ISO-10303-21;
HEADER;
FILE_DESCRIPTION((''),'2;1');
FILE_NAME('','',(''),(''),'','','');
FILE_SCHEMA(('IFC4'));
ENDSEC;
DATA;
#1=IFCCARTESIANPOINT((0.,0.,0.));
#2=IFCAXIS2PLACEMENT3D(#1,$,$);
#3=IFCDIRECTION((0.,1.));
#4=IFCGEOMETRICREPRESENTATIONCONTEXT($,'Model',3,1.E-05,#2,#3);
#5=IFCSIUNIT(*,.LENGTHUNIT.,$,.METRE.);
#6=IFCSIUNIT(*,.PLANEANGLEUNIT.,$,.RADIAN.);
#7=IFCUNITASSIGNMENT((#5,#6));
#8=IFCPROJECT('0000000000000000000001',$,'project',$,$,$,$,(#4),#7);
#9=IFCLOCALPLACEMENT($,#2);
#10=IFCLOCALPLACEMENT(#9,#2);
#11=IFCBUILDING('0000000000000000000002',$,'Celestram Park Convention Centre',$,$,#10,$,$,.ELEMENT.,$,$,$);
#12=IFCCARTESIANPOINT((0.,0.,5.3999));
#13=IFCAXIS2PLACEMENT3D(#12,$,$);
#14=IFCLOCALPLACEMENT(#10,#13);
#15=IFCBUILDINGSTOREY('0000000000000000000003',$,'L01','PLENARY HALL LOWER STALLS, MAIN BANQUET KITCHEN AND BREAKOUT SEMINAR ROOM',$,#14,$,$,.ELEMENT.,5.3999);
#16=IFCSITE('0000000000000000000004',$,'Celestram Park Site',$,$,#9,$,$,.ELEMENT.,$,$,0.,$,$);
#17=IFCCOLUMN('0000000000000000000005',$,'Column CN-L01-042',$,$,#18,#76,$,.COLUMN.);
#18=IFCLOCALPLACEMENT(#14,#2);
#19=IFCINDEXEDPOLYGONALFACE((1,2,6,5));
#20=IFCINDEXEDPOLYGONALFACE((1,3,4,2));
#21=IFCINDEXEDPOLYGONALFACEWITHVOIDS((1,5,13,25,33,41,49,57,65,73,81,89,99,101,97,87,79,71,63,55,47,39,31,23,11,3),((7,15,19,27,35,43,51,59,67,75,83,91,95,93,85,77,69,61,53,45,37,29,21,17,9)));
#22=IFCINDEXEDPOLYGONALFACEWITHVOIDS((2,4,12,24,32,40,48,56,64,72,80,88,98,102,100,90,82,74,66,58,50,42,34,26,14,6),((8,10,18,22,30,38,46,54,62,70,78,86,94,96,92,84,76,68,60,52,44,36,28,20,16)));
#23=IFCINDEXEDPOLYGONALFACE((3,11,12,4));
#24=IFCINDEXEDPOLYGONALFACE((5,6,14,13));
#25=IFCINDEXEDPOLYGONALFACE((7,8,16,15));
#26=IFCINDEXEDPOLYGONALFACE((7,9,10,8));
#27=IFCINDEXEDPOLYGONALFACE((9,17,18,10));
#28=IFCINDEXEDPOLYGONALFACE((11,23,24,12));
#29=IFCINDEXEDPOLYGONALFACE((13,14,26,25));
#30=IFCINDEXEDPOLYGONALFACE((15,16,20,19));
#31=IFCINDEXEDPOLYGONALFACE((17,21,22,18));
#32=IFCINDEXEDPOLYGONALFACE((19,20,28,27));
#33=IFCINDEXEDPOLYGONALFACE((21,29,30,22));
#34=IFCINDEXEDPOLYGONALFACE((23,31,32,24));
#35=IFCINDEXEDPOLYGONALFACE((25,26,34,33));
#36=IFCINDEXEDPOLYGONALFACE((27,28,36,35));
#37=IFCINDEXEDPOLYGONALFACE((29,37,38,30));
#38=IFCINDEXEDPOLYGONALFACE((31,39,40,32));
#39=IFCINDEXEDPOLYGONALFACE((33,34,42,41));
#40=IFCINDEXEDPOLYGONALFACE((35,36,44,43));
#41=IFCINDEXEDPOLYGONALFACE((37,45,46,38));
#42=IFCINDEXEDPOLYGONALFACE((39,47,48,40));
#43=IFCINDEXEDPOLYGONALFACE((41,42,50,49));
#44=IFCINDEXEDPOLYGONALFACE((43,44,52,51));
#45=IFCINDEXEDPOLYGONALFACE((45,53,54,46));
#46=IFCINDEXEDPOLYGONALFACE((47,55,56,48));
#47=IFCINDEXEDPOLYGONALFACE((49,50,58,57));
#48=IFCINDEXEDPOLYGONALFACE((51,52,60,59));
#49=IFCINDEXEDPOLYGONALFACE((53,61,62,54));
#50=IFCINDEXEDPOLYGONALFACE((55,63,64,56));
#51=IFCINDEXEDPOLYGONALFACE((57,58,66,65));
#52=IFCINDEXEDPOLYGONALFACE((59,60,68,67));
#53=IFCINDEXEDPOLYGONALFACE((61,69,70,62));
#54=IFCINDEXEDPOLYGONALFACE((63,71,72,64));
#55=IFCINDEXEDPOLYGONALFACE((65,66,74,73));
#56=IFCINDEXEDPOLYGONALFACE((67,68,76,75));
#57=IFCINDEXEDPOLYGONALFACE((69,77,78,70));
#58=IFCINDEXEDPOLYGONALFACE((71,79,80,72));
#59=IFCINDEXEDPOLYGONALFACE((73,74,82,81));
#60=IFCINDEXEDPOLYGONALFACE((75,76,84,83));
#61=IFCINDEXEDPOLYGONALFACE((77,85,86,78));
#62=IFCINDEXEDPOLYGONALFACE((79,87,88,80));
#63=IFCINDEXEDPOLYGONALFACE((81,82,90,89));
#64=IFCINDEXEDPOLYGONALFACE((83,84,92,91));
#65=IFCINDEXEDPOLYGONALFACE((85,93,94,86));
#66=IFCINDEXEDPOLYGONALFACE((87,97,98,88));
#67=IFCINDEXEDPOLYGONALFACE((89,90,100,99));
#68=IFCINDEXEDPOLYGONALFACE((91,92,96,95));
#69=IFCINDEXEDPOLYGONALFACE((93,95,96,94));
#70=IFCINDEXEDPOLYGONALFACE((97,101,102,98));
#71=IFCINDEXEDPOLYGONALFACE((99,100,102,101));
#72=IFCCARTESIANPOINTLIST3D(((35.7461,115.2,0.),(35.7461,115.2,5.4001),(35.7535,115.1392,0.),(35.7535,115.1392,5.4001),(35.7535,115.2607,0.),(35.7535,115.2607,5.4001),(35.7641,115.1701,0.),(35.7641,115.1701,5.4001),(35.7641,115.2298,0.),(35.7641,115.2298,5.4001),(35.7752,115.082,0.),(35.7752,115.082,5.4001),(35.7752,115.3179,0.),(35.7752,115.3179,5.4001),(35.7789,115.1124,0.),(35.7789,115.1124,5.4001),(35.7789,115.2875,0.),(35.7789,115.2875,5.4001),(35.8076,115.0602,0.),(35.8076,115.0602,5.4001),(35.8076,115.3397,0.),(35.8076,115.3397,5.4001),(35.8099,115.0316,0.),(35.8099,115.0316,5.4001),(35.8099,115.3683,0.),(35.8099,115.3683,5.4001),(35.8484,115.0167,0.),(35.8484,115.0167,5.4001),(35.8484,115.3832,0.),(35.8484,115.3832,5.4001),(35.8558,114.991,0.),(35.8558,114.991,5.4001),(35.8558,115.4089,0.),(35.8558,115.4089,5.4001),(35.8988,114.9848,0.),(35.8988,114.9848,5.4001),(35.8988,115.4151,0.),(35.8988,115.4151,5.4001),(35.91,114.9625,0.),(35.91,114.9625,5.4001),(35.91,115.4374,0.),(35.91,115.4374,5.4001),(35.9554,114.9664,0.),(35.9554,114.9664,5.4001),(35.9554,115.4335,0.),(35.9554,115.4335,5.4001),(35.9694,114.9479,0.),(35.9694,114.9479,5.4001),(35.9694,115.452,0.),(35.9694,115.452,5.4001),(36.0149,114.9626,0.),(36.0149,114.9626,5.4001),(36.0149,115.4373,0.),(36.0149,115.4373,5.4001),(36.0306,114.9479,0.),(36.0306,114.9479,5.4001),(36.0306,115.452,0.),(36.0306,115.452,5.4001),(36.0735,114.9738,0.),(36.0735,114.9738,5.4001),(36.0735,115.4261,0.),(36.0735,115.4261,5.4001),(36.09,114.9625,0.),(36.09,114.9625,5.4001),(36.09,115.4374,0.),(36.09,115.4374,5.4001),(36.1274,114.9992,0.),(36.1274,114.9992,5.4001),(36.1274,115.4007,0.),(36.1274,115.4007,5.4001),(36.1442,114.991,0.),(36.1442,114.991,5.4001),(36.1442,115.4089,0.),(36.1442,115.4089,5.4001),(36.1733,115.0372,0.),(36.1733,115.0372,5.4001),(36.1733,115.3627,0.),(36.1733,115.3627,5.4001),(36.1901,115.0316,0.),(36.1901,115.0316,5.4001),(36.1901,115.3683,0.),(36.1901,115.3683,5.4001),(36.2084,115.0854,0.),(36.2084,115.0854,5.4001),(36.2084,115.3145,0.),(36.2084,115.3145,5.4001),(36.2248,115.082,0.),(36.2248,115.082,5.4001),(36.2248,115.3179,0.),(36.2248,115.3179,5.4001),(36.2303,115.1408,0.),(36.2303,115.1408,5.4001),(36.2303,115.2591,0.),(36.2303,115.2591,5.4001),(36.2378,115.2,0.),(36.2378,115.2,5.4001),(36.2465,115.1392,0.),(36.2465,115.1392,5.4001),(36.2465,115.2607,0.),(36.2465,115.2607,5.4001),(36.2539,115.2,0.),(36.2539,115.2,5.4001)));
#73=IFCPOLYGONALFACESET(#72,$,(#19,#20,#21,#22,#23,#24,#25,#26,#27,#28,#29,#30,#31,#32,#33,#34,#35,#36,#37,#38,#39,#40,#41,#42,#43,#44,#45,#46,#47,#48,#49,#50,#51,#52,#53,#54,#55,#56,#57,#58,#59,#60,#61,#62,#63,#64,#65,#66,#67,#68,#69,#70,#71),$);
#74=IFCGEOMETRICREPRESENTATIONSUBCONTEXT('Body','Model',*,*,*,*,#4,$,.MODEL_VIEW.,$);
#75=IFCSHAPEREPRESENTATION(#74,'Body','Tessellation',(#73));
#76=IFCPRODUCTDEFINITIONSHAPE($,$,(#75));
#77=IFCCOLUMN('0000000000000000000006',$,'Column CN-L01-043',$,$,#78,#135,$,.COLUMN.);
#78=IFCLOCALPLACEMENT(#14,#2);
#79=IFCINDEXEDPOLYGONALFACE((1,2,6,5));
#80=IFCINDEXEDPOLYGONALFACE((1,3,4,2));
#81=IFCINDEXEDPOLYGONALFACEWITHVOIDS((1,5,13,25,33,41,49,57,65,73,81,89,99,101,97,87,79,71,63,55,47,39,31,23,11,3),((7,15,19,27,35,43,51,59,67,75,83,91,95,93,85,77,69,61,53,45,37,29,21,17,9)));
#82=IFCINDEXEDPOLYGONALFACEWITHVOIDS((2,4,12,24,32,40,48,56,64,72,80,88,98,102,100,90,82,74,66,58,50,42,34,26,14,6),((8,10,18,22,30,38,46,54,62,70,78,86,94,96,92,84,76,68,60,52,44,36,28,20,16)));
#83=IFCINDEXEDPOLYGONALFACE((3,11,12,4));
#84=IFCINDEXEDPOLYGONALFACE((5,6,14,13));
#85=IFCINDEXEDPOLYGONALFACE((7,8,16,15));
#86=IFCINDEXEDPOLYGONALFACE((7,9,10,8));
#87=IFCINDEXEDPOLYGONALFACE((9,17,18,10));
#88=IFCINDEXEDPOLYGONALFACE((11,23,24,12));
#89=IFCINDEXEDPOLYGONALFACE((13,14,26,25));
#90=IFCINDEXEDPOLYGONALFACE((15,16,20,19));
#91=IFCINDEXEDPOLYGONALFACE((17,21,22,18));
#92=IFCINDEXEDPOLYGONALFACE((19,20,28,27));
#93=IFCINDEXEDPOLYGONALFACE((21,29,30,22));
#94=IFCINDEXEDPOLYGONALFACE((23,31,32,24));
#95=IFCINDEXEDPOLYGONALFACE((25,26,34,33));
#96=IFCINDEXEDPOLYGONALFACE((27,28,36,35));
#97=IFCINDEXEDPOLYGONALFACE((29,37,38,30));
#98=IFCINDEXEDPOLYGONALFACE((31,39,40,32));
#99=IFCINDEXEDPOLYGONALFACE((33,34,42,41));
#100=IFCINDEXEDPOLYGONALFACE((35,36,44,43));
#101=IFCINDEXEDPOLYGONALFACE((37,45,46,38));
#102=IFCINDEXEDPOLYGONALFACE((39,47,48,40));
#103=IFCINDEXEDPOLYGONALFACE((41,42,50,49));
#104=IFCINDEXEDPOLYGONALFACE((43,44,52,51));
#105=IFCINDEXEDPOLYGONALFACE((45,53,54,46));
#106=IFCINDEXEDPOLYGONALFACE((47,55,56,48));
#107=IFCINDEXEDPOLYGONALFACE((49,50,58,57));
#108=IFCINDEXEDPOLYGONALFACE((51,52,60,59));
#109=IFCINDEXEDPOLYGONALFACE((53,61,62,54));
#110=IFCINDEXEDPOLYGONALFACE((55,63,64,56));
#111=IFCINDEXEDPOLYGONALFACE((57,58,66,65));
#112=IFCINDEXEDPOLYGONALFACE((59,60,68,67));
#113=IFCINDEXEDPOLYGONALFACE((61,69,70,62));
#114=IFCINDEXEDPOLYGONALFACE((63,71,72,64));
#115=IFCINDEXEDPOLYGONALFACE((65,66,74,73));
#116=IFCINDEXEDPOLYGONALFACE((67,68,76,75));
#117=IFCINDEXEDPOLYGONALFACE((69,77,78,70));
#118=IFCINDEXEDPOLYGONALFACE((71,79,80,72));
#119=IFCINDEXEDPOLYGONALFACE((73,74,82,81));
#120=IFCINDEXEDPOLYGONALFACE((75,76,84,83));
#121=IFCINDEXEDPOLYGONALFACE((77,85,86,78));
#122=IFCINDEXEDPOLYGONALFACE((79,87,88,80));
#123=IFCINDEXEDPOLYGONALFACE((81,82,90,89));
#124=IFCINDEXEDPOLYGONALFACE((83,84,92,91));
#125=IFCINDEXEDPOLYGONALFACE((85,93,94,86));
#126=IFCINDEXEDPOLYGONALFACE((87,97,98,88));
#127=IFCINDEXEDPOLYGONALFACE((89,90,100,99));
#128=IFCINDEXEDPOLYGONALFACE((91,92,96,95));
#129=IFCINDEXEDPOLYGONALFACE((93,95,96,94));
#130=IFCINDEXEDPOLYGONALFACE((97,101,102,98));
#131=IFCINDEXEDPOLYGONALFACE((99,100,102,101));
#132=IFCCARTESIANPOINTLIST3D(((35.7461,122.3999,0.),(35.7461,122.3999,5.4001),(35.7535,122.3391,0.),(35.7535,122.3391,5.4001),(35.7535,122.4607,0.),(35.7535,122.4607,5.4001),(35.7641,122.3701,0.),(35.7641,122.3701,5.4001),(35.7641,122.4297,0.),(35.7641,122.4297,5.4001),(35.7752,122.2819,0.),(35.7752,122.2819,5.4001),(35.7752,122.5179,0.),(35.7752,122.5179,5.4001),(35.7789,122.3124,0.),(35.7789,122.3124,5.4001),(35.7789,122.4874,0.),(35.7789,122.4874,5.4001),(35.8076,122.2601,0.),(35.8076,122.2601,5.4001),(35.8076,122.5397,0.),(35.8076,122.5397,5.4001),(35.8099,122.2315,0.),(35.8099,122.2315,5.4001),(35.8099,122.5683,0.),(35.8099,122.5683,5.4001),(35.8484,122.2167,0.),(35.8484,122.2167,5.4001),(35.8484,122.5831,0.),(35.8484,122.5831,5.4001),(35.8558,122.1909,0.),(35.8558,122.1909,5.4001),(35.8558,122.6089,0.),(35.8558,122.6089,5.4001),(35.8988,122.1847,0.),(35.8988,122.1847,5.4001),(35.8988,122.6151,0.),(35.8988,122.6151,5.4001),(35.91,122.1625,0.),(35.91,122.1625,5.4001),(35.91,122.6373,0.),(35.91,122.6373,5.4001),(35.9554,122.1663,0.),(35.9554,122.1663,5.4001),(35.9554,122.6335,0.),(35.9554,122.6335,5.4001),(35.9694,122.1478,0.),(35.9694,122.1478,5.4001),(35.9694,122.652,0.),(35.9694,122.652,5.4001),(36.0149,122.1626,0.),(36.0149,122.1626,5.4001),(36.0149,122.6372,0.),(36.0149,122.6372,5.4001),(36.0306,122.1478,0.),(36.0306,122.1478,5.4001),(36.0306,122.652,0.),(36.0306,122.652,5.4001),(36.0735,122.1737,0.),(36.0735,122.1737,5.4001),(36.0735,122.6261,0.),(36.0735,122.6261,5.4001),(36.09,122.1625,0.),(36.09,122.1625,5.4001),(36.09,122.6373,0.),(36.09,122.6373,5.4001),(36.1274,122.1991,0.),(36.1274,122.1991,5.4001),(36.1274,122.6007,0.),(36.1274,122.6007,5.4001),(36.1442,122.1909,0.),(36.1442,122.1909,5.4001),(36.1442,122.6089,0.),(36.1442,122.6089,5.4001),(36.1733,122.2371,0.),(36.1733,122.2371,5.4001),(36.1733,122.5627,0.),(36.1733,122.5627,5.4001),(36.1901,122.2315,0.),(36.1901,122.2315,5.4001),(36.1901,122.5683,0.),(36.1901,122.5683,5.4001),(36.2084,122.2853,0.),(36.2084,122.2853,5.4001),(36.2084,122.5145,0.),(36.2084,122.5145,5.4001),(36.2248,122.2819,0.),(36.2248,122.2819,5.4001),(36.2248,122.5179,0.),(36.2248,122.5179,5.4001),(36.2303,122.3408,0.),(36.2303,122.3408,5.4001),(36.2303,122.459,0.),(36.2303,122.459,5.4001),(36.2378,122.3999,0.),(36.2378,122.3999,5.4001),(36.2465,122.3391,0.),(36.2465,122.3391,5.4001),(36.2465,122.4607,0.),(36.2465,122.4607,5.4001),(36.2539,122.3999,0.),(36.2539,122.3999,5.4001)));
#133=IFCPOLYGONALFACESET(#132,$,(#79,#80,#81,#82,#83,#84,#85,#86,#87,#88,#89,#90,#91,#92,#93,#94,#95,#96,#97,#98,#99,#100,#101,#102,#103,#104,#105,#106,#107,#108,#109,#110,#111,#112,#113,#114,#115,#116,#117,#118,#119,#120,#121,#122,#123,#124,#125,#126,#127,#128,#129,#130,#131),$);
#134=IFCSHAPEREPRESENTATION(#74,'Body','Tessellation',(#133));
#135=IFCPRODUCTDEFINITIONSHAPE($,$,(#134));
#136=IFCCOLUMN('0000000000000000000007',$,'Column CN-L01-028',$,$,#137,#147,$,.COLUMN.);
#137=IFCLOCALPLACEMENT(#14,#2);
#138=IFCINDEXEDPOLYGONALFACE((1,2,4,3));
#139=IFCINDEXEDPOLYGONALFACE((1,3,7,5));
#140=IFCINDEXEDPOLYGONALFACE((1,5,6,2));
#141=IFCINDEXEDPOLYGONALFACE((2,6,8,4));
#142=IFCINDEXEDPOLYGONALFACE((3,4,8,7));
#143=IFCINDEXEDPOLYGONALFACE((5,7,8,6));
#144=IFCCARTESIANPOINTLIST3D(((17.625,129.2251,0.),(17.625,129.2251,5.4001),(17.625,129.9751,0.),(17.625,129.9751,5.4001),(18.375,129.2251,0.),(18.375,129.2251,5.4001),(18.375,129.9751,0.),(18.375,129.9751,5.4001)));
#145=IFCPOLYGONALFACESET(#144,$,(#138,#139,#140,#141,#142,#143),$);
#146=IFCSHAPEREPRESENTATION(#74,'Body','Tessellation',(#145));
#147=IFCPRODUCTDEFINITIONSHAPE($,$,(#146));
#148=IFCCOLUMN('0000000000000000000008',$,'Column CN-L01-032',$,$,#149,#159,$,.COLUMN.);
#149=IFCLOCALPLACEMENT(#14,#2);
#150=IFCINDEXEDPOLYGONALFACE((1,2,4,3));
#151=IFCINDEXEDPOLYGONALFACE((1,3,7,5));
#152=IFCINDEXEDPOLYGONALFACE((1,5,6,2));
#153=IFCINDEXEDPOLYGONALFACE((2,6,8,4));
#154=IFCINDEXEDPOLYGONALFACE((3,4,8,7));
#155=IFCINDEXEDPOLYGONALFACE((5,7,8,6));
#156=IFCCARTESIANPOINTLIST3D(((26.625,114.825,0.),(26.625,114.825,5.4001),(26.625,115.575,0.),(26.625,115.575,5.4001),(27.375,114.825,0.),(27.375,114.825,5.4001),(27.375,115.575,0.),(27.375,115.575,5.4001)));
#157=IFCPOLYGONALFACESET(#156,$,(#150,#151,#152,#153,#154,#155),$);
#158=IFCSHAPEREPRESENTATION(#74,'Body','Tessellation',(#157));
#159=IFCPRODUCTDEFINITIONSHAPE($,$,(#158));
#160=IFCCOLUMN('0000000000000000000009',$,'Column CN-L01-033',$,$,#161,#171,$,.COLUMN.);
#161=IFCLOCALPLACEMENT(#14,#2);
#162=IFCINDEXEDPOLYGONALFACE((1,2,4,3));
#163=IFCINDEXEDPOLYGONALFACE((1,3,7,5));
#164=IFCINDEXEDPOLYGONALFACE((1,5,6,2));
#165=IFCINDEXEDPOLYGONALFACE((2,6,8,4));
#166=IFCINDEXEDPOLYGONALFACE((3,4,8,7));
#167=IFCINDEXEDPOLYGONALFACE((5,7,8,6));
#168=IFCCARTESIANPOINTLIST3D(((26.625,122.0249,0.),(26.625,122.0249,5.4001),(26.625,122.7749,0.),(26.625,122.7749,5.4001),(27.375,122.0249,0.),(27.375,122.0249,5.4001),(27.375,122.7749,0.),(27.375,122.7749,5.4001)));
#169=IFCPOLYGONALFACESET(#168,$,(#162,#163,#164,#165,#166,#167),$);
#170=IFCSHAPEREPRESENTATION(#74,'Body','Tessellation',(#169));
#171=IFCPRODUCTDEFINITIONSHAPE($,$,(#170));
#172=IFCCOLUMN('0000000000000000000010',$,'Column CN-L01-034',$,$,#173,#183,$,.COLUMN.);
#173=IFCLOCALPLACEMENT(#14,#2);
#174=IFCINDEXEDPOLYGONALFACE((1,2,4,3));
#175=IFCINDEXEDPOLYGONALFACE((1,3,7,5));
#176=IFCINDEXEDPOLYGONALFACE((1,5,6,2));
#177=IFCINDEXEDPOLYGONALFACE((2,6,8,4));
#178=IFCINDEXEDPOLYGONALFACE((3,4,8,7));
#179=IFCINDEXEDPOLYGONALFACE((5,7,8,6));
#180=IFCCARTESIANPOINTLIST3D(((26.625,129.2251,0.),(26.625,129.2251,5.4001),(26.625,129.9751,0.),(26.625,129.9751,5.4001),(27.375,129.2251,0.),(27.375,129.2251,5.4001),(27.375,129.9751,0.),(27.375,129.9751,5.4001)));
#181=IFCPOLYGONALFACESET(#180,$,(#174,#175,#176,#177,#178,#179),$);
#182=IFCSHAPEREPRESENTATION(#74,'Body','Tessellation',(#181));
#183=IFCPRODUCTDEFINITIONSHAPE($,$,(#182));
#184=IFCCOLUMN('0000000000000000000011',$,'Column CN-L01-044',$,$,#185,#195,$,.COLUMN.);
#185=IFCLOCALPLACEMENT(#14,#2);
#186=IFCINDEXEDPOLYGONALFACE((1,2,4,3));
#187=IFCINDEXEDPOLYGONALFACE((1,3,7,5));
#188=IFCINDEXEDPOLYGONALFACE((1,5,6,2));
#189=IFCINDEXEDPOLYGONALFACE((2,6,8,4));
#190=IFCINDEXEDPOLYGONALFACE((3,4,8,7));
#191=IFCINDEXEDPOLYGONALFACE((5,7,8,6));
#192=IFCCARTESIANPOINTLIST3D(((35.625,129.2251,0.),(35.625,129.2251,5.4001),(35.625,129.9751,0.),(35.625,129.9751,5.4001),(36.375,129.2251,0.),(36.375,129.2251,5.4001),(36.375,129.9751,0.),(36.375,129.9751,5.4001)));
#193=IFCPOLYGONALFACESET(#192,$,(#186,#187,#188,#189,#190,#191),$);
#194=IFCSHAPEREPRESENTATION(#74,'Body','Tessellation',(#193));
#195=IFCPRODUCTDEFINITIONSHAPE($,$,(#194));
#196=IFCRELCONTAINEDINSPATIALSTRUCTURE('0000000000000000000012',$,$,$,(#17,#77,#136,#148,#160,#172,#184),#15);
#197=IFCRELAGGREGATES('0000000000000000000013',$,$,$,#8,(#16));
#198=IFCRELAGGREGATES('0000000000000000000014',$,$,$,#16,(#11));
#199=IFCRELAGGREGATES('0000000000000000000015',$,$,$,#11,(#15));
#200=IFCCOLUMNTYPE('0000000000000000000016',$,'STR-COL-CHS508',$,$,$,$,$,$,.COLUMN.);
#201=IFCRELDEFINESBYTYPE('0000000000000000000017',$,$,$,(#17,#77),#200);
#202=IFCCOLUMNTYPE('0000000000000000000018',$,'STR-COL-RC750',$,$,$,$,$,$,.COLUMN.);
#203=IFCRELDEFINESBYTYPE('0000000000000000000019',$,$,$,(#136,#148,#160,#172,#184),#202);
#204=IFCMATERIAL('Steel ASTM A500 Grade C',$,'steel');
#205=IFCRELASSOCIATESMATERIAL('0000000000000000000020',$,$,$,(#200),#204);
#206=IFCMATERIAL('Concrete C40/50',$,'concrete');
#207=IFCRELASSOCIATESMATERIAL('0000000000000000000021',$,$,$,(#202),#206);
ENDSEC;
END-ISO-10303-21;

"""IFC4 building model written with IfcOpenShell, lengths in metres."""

from ifc_helpers import new_model, si_unit, direction, frame, origin, origin_2d, place, context, subcontext, project, spatial, rectangle, hollow_circle, extrude, material, material_profile, profile_set, type_object, element, save


model = new_model("IFC4")

# Units and contexts
model_context = context("Model", 3, precision=1e-05, world=origin(), true_north=direction((0.0, 1.0)))
body_context = subcontext(model_context, "Body", "Model", "MODEL_VIEW")
ifc_project = project(units=[si_unit("LENGTHUNIT", "METRE"), si_unit("PLANEANGLEUNIT", "RADIAN")], contexts=[model_context])

# Site, building, storey
site_placement = place(None, origin())
site = spatial("IfcSite", under=ifc_project, at=site_placement, Name="Celestram Park Site", CompositionType="ELEMENT", RefElevation=0.0)
building_placement = place(site_placement, origin())
building = spatial("IfcBuilding", under=site, at=building_placement, Name="Celestram Park Convention Centre", CompositionType="ELEMENT")
storey_placement = place(building_placement, frame((0.0, 0.0, 5.3999)))
storey = spatial("IfcBuildingStorey", under=building, at=storey_placement, Name="L01", Description="PLENARY HALL LOWER STALLS, MAIN BANQUET KITCHEN AND BREAKOUT SEMINAR ROOM", CompositionType="ELEMENT", Elevation=5.3999)

# Columns
ifc_material_1 = material(Name="Steel ASTM A500 Grade C", Category="steel")
ifc_material_profile_1 = material_profile(ifc_material_1, hollow_circle(Radius=0.2539, WallThickness=0.0161, at=origin_2d()), Name="CHS508X16")
ifc_profile_set_1 = profile_set([ifc_material_profile_1], Name="Steel ASTM A500 Grade C")
column_type_1 = type_object("IfcColumnType", Name="STR-COL-CHS508", PredefinedType="COLUMN", material=ifc_profile_set_1)
for number, where, z_axis, x_axis, name in (
    (1, (36.0, 115.2, 0.0), (0.0, 0.0, 1.0), (1.0, 0.0, 0.0), "Column CN-L01-042"),
    (2, (36.0, 122.3999, 0.0), (0.0, 0.0, 1.0), (1.0, 0.0, 0.0), "Column CN-L01-043"),
):
    element("IfcColumn", number, at=place(storey_placement, frame(where, z_axis=z_axis, x_axis=x_axis)), inside=storey, type_object=column_type_1, Name=name, PredefinedType="COLUMN", context=body_context, shape_type="SweptSolid", body=[
        extrude(hollow_circle(Radius=0.2539, WallThickness=0.0161, at=origin_2d()), origin(), (0.0, 0.0, 1.0), 5.4001),
    ])
ifc_material_2 = material(Name="Concrete C40/50", Category="concrete")
ifc_material_profile_2 = material_profile(ifc_material_2, rectangle(XDim=0.75, YDim=0.75, at=origin_2d()), Name="RC750X750")
ifc_profile_set_2 = profile_set([ifc_material_profile_2], Name="Concrete C40/50")
column_type_2 = type_object("IfcColumnType", Name="STR-COL-RC750", PredefinedType="COLUMN", material=ifc_profile_set_2)
for number, where, z_axis, x_axis, name in (
    (3, (18.0, 129.6001, 0.0), (0.0, 0.0, 1.0), (1.0, 0.0, 0.0), "Column CN-L01-028"),
    (4, (27.0, 115.2, 0.0), (0.0, 0.0, 1.0), (1.0, 0.0, 0.0), "Column CN-L01-032"),
    (5, (27.0, 122.3999, 0.0), (0.0, 0.0, 1.0), (1.0, 0.0, 0.0), "Column CN-L01-033"),
    (6, (27.0, 129.6001, 0.0), (0.0, 0.0, 1.0), (1.0, 0.0, 0.0), "Column CN-L01-034"),
    (7, (36.0, 129.6001, 0.0), (0.0, 0.0, 1.0), (1.0, 0.0, 0.0), "Column CN-L01-044"),
):
    element("IfcColumn", number, at=place(storey_placement, frame(where, z_axis=z_axis, x_axis=x_axis)), inside=storey, type_object=column_type_2, Name=name, PredefinedType="COLUMN", context=body_context, shape_type="SweptSolid", body=[
        extrude(rectangle(XDim=0.75, YDim=0.75, at=origin_2d()), origin(), (0.0, 0.0, 1.0), 5.4001),
    ])

save(model, "model.ifc")
